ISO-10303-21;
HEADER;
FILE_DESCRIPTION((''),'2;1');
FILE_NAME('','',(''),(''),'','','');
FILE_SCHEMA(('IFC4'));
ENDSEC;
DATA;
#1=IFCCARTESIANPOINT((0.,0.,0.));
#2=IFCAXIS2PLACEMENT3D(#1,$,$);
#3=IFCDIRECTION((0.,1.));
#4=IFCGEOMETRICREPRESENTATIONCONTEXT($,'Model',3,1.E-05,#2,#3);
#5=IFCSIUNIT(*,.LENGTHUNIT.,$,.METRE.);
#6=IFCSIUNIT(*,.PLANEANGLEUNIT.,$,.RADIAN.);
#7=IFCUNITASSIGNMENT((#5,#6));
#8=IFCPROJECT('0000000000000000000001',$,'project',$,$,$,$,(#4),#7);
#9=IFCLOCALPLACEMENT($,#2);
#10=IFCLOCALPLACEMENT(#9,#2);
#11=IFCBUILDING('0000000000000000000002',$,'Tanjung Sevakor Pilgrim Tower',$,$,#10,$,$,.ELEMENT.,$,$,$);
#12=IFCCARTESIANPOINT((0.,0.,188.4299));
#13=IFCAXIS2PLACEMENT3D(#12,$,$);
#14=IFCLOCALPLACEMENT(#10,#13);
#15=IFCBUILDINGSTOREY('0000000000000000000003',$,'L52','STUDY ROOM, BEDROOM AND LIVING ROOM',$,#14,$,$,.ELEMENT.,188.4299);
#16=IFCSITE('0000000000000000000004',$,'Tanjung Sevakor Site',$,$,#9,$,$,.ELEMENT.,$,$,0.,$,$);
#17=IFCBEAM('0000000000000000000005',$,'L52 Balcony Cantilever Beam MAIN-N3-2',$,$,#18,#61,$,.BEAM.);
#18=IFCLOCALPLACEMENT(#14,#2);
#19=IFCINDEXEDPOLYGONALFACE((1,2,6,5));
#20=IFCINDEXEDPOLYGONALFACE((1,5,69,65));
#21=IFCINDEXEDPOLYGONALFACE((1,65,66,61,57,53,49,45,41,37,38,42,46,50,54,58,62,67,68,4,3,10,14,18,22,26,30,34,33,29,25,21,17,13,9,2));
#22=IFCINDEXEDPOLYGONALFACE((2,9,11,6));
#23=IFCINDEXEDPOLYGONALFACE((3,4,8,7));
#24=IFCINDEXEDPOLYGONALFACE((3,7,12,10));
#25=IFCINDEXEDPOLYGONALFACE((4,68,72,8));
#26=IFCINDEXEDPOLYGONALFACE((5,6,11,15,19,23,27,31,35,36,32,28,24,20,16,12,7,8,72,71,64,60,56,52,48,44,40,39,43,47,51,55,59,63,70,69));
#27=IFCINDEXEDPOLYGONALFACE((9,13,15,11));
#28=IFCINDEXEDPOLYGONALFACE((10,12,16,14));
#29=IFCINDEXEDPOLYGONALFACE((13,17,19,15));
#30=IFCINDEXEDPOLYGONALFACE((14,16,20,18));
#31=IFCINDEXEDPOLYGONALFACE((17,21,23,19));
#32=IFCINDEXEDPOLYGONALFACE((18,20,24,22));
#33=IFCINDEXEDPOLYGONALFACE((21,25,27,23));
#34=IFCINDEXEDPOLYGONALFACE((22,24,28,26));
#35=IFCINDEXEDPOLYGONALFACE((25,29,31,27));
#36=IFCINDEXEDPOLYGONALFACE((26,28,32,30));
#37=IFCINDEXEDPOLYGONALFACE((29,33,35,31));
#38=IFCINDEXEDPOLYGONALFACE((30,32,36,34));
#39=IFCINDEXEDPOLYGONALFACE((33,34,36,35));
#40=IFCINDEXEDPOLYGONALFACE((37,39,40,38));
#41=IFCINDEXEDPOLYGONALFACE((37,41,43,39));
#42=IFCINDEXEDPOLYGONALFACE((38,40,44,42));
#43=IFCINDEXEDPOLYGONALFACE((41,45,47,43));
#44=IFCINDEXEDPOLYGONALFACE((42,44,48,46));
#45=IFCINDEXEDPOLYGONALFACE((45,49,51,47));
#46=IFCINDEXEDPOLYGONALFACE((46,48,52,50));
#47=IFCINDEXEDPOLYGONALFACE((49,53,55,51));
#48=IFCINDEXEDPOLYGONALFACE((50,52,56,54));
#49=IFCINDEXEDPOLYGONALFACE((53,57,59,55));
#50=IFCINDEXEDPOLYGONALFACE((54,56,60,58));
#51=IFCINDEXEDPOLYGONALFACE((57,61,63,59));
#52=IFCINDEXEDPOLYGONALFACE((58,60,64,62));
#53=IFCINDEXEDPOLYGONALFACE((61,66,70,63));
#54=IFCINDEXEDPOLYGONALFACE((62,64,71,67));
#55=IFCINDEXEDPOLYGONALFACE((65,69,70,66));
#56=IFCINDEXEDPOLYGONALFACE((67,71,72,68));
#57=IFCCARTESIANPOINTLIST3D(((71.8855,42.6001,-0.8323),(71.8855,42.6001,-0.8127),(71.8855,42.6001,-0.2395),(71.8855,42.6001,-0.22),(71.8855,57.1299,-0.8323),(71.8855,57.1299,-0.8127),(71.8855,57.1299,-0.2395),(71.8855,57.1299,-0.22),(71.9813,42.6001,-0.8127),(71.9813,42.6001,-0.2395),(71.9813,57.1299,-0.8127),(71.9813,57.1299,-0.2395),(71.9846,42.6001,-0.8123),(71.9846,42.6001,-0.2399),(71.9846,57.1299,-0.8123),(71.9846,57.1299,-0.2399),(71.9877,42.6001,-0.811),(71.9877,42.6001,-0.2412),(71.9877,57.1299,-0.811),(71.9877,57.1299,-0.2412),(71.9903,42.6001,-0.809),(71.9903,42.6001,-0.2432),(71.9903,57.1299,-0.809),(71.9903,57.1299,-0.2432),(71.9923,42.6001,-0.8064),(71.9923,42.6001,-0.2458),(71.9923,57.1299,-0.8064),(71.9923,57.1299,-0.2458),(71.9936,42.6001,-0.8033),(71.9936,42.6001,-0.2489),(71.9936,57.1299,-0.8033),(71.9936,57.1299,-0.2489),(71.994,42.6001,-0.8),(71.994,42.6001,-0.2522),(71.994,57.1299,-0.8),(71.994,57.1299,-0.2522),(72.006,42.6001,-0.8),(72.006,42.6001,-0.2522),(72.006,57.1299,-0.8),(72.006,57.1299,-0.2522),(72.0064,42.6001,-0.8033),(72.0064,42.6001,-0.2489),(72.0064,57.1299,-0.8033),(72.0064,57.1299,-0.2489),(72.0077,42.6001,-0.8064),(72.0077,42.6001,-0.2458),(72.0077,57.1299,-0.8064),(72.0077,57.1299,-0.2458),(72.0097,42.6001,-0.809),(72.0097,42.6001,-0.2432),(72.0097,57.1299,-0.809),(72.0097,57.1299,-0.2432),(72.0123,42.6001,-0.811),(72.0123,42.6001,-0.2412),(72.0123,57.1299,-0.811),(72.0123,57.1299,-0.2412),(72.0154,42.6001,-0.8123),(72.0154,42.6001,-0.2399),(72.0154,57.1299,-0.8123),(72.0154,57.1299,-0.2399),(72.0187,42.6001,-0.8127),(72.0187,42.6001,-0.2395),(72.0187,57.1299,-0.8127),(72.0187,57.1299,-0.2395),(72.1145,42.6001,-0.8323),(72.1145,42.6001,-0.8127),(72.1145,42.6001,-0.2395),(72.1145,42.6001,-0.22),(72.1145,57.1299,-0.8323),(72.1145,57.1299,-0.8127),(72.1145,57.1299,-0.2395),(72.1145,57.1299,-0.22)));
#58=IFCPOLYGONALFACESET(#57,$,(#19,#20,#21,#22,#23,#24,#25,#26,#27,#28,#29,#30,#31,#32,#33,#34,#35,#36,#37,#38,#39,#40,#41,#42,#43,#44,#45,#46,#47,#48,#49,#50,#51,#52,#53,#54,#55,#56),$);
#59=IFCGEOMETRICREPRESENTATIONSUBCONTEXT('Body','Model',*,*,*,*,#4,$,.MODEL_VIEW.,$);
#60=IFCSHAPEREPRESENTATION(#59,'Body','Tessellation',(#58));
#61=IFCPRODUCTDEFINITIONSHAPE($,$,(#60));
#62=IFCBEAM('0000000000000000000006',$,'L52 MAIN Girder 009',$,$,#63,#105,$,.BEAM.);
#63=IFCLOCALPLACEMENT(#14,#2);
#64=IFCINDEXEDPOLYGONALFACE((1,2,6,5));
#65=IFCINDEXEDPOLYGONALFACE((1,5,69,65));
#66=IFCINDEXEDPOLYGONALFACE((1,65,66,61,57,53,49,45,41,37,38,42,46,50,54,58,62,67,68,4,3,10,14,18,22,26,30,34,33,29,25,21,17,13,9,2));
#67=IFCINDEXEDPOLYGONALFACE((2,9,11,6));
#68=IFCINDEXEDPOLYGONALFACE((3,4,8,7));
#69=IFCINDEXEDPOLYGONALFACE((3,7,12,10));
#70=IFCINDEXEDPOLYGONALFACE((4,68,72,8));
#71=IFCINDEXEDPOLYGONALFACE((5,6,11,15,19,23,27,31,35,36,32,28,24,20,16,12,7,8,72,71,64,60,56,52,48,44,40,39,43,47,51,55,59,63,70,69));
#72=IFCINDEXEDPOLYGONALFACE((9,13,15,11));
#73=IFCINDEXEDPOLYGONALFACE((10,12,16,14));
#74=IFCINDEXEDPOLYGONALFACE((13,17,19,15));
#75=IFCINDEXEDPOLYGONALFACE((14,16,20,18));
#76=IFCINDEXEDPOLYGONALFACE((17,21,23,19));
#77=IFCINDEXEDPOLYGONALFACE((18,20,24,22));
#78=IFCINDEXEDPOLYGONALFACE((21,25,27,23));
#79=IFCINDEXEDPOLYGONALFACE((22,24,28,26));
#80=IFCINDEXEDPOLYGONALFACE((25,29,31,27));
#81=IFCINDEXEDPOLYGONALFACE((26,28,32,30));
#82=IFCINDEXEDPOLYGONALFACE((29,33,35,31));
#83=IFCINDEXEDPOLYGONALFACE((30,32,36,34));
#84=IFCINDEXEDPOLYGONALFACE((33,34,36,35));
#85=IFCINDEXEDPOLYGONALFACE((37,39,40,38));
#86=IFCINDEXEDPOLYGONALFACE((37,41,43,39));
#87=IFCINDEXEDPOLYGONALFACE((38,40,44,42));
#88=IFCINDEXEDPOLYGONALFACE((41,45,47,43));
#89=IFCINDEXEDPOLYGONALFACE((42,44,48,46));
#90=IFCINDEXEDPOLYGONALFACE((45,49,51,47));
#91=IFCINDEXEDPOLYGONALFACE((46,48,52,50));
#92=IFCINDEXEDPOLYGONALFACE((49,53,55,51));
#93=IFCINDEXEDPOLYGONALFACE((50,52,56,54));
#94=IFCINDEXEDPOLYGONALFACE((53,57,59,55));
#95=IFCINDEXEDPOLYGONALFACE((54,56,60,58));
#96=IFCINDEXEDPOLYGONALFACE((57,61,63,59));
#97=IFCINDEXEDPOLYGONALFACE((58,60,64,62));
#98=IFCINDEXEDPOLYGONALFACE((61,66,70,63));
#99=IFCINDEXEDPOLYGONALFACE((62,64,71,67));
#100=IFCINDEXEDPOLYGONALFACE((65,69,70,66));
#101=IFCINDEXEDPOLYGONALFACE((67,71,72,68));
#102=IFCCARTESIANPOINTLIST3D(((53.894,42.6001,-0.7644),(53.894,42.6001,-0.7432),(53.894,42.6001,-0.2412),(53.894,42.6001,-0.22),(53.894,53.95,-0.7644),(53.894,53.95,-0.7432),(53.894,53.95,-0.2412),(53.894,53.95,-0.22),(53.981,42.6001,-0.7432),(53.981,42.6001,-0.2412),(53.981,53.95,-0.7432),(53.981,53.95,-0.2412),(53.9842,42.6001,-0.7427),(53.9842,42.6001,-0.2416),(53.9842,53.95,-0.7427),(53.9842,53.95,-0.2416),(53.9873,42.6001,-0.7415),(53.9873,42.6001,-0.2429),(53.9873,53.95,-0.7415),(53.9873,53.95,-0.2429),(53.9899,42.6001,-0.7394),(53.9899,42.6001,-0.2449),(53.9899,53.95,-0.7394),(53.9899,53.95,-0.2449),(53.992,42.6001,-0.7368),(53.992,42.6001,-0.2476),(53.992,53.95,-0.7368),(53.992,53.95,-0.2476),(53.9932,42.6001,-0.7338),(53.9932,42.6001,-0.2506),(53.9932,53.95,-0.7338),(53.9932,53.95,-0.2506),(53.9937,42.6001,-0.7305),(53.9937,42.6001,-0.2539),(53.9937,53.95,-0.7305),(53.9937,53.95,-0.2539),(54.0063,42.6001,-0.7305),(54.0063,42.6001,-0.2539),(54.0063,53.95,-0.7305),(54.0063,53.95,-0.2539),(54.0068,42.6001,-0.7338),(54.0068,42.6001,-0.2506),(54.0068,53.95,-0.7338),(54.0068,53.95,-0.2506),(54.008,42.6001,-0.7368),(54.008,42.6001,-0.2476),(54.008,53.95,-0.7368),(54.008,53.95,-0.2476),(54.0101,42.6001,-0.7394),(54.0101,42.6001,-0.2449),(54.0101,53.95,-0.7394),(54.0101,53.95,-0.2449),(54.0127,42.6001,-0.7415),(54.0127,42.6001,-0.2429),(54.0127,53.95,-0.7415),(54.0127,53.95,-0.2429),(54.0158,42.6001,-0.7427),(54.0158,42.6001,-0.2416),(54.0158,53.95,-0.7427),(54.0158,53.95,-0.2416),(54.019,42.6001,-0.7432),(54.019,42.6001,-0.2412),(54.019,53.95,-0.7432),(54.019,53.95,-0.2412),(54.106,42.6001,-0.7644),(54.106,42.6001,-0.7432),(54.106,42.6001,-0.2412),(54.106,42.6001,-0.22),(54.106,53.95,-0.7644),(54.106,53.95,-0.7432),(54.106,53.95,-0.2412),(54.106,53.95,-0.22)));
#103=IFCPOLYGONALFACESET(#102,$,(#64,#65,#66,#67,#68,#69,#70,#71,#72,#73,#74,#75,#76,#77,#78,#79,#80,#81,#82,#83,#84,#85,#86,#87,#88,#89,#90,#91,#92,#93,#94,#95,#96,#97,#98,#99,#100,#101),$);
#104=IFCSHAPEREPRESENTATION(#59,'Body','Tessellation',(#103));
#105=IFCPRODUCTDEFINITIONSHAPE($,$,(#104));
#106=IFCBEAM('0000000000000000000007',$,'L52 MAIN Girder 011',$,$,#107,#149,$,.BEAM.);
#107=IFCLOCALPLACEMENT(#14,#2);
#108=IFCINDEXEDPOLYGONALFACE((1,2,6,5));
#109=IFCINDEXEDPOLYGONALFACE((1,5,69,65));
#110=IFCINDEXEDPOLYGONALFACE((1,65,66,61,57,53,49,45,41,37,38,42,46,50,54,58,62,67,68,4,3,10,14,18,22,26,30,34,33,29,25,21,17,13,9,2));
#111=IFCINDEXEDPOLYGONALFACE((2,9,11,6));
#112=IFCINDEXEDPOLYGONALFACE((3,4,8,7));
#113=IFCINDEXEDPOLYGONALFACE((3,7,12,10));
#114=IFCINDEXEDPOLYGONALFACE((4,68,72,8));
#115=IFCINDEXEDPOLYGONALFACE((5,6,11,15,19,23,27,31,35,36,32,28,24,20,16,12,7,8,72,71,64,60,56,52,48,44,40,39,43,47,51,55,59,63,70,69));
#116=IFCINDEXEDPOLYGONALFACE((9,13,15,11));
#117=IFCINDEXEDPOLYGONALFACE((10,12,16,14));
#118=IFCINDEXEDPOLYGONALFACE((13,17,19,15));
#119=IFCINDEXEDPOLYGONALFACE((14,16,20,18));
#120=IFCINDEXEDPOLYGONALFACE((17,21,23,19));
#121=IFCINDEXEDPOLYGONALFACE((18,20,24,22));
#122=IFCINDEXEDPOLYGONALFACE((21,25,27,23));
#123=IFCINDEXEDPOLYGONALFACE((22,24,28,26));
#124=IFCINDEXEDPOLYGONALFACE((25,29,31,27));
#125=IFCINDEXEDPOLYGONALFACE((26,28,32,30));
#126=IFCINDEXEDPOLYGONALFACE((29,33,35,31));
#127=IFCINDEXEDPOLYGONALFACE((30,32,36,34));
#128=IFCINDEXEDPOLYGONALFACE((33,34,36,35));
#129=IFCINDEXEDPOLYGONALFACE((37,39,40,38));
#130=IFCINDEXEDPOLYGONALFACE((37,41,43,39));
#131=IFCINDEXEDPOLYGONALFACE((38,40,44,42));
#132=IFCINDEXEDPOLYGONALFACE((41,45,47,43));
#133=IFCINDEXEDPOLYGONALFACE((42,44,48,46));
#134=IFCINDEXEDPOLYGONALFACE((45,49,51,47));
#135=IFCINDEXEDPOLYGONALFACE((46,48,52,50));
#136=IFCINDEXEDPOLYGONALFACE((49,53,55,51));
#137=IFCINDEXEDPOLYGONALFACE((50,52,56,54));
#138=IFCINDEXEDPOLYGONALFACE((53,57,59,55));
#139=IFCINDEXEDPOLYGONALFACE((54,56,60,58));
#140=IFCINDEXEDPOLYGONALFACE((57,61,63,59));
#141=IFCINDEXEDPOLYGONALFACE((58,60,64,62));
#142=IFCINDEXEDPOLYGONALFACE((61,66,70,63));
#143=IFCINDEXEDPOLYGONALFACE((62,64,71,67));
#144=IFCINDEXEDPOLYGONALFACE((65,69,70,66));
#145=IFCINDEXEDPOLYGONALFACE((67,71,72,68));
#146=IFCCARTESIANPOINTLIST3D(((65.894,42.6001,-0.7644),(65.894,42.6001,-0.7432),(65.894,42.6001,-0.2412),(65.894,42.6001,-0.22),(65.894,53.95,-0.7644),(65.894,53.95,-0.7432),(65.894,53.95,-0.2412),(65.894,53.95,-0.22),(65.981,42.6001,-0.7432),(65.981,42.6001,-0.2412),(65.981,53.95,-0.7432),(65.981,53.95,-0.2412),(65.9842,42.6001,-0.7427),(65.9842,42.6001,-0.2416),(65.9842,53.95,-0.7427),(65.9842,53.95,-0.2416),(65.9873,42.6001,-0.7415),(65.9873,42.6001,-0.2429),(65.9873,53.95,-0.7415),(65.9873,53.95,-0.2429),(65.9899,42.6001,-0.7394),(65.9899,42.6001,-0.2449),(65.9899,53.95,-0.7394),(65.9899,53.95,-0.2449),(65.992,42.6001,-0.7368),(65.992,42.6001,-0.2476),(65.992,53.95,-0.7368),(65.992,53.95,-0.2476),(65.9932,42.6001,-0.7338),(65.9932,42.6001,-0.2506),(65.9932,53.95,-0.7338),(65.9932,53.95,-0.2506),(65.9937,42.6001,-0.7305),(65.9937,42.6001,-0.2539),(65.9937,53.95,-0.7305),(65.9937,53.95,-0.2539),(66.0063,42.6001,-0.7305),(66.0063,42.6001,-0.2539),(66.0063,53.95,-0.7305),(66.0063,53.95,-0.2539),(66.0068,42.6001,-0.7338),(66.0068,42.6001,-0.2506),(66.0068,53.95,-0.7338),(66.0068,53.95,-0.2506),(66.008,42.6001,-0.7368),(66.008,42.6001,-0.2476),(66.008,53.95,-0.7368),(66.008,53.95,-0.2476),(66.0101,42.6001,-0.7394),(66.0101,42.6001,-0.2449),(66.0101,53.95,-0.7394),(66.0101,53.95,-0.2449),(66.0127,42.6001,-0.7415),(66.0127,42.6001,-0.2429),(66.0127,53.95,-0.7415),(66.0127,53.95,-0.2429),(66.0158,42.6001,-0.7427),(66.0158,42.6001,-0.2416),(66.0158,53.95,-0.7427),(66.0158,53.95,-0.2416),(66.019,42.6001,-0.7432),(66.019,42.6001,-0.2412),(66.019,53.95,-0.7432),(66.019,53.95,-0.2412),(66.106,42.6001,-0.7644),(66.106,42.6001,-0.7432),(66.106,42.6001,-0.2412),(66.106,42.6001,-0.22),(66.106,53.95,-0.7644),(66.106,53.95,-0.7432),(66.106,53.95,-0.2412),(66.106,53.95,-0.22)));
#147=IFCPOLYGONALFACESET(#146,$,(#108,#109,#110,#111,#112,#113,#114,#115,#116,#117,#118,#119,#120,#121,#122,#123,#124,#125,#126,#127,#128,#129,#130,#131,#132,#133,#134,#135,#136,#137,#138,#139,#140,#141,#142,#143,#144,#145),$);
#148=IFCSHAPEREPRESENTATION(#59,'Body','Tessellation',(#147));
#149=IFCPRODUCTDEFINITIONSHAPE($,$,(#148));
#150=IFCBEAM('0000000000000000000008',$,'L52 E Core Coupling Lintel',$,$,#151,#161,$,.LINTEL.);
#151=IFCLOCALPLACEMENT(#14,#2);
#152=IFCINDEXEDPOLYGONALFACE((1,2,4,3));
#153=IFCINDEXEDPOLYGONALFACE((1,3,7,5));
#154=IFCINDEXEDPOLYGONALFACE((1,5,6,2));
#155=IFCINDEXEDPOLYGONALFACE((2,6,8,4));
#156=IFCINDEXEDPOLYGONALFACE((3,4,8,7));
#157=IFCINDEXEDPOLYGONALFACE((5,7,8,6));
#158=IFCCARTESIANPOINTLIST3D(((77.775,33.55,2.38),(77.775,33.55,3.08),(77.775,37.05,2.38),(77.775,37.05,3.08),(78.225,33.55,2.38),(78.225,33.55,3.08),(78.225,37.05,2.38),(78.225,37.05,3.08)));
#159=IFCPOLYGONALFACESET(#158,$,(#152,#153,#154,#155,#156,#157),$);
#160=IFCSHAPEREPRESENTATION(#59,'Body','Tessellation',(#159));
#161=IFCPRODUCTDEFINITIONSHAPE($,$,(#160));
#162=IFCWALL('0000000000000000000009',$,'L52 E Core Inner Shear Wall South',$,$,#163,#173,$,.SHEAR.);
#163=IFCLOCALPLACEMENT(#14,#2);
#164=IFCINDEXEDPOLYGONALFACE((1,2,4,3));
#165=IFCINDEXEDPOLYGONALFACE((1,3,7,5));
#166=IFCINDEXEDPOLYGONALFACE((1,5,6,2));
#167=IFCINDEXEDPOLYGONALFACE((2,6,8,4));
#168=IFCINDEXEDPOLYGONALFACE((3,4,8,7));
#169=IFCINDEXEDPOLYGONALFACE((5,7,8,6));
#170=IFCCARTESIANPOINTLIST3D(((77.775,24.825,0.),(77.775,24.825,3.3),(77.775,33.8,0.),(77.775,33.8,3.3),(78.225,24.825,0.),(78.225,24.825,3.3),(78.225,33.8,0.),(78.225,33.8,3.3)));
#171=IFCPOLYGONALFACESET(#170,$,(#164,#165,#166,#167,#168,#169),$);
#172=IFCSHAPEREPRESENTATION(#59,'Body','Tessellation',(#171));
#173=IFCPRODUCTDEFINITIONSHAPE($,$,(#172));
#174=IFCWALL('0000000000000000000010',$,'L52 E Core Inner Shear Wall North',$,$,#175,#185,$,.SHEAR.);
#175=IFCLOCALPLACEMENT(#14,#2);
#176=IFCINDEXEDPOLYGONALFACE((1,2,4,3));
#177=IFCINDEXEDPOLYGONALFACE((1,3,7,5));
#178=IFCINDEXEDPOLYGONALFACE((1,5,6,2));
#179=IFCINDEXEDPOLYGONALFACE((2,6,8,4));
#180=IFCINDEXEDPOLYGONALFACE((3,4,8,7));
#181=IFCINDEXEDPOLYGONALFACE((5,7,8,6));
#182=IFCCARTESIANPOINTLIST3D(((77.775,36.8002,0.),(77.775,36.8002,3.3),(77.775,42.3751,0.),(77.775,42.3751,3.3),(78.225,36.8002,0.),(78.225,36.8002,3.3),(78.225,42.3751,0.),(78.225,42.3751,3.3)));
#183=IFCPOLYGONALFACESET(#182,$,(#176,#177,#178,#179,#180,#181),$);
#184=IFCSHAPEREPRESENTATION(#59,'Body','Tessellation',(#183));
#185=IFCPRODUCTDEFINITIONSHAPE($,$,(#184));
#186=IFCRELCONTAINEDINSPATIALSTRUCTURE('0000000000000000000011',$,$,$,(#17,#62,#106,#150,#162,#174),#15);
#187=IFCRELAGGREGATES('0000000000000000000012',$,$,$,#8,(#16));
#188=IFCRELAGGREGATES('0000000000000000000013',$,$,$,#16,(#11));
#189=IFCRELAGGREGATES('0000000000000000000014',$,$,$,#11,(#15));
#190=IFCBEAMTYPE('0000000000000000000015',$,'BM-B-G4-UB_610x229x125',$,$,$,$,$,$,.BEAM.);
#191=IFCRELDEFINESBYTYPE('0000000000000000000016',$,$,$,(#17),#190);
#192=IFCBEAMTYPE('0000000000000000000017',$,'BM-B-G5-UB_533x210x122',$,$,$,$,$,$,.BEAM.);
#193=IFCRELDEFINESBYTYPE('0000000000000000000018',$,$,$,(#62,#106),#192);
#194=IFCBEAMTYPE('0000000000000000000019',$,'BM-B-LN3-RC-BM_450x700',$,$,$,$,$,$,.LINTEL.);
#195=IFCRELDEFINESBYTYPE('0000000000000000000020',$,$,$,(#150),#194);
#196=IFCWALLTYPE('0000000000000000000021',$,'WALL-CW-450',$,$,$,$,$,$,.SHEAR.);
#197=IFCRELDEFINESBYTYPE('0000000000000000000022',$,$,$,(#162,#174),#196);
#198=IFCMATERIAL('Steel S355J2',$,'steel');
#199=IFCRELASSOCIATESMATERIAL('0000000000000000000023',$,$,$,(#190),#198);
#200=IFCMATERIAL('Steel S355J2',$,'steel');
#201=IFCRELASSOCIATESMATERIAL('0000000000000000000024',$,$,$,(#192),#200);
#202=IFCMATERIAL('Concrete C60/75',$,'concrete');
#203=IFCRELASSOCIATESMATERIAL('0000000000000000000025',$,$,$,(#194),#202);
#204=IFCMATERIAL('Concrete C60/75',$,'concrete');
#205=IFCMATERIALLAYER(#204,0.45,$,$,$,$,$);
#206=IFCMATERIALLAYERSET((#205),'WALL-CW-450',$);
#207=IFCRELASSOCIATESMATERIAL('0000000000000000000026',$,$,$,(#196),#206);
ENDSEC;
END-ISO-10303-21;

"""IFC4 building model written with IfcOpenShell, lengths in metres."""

from ifc_helpers import new_model, si_unit, direction, frame, frame_2d, origin, origin_2d, place, context, subcontext, project, spatial, rectangle, i_section, extrude, material, layer, layer_set, material_profile, profile_set, type_object, element, save


model = new_model("IFC4")

# Units and contexts
model_context = context("Model", 3, precision=1e-05, world=origin(), true_north=direction((0.0, 1.0)))
body_context = subcontext(model_context, "Body", "Model", "MODEL_VIEW")
ifc_project = project(units=[si_unit("LENGTHUNIT", "METRE"), si_unit("PLANEANGLEUNIT", "RADIAN")], contexts=[model_context])

# Site, building, storey
site_placement = place(None, origin())
site = spatial("IfcSite", under=ifc_project, at=site_placement, Name="Tanjung Sevakor Site", CompositionType="ELEMENT", RefElevation=0.0)
building_placement = place(site_placement, origin())
building = spatial("IfcBuilding", under=site, at=building_placement, Name="Tanjung Sevakor Pilgrim Tower", CompositionType="ELEMENT")
storey_placement = place(building_placement, frame((0.0, 0.0, 188.4299)))
storey = spatial("IfcBuildingStorey", under=building, at=storey_placement, Name="L52", Description="STUDY ROOM, BEDROOM AND LIVING ROOM", CompositionType="ELEMENT", Elevation=188.4299)

# Beams
ifc_material_1 = material(Name="Steel S355J2", Category="steel")
ifc_material_profile_1 = material_profile(ifc_material_1, i_section(OverallWidth=0.229, OverallDepth=0.6123, WebThickness=0.012, FlangeThickness=0.0195, FilletRadius=0.0127, at=origin_2d()))
ifc_profile_set_1 = profile_set([ifc_material_profile_1], Name="Steel S355J2")
beam_type_1 = type_object("IfcBeamType", Name="BM-B-G4-UB_610x229x125", PredefinedType="BEAM", material=ifc_profile_set_1)
beam_1_placement = place(storey_placement, frame((72.0, 42.6001, -0.5261), z_axis=(0.0, 1.0, 0.0), x_axis=(-1.0, 0.0, 0.0)))
element("IfcBeam", 1, at=beam_1_placement, inside=storey, type_object=beam_type_1, Name="L52 Balcony Cantilever Beam MAIN-N3-2", PredefinedType="BEAM", context=body_context, shape_type="SweptSolid", body=[
    extrude(i_section(OverallWidth=0.229, OverallDepth=0.6123, WebThickness=0.012, FlangeThickness=0.0195, FilletRadius=0.0127, at=origin_2d()), origin(), (0.0, 0.0, 1.0), 14.5298),
])
ifc_material_2 = material(Name="Steel S355J2", Category="steel")
ifc_material_profile_2 = material_profile(ifc_material_2, i_section(OverallWidth=0.2119, OverallDepth=0.5444, WebThickness=0.0127, FlangeThickness=0.0212, FilletRadius=0.0127, at=origin_2d()))
ifc_profile_set_2 = profile_set([ifc_material_profile_2], Name="Steel S355J2")
beam_type_2 = type_object("IfcBeamType", Name="BM-B-G5-UB_533x210x122", PredefinedType="BEAM", material=ifc_profile_set_2)
for number, where, z_axis, x_axis, name in (
    (2, (54.0, 42.6001, -0.4922), (0.0, 1.0, 0.0), (-1.0, 0.0, 0.0), "L52 MAIN Girder 009"),
    (3, (66.0, 42.6001, -0.4922), (0.0, 1.0, 0.0), (-1.0, 0.0, 0.0), "L52 MAIN Girder 011"),
):
    element("IfcBeam", number, at=place(storey_placement, frame(where, z_axis=z_axis, x_axis=x_axis)), inside=storey, type_object=beam_type_2, Name=name, PredefinedType="BEAM", context=body_context, shape_type="SweptSolid", body=[
        extrude(i_section(OverallWidth=0.2119, OverallDepth=0.5444, WebThickness=0.0127, FlangeThickness=0.0212, FilletRadius=0.0127, at=origin_2d()), origin(), (0.0, 0.0, 1.0), 11.3499),
    ])
ifc_material_3 = material(Name="Concrete C60/75", Category="concrete")
ifc_material_profile_3 = material_profile(ifc_material_3, rectangle(XDim=0.45, YDim=0.7, at=origin_2d()))
ifc_profile_set_3 = profile_set([ifc_material_profile_3], Name="Concrete C60/75")
beam_type_3 = type_object("IfcBeamType", Name="BM-B-LN3-RC-BM_450x700", PredefinedType="LINTEL", material=ifc_profile_set_3)
beam_2_placement = place(storey_placement, frame((78.0, 33.55, 2.73), z_axis=(0.0, 1.0, 0.0), x_axis=(-1.0, 0.0, 0.0)))
element("IfcBeam", 4, at=beam_2_placement, inside=storey, type_object=beam_type_3, Name="L52 E Core Coupling Lintel", PredefinedType="LINTEL", context=body_context, shape_type="SweptSolid", body=[
    extrude(rectangle(XDim=0.45, YDim=0.7, at=origin_2d()), origin(), (0.0, 0.0, 1.0), 3.5),
])

# Walls
ifc_material_4 = material(Name="Concrete C60/75", Category="concrete")
ifc_layer_1 = layer(ifc_material_4, 0.45)
ifc_layer_set_1 = layer_set([ifc_layer_1], Name="WALL-CW-450")
wall_type_1 = type_object("IfcWallType", Name="WALL-CW-450", PredefinedType="SHEAR", material=ifc_layer_set_1)
wall_1_placement = place(storey_placement, frame((78.0, 24.825, 0.0), z_axis=(0.0, 0.0, 1.0), x_axis=(0.0, 1.0, 0.0)))
element("IfcWall", 5, at=wall_1_placement, inside=storey, type_object=wall_type_1, Name="L52 E Core Inner Shear Wall South", PredefinedType="SHEAR", context=body_context, shape_type="SweptSolid", body=[
    extrude(rectangle(XDim=8.9751, YDim=0.45, at=frame_2d((4.4875, 0.0))), origin(), (0.0, 0.0, 1.0), 3.3),
])
wall_2_placement = place(storey_placement, frame((78.0, 36.8, 0.0), z_axis=(0.0, 0.0, 1.0), x_axis=(0.0, 1.0, 0.0)))
element("IfcWall", 6, at=wall_2_placement, inside=storey, type_object=wall_type_1, Name="L52 E Core Inner Shear Wall North", PredefinedType="SHEAR", context=body_context, shape_type="SweptSolid", body=[
    extrude(rectangle(XDim=5.575, YDim=0.45, at=frame_2d((2.7876, 0.0))), origin(), (0.0, 0.0, 1.0), 3.3),
])

save(model, "model.ifc")
